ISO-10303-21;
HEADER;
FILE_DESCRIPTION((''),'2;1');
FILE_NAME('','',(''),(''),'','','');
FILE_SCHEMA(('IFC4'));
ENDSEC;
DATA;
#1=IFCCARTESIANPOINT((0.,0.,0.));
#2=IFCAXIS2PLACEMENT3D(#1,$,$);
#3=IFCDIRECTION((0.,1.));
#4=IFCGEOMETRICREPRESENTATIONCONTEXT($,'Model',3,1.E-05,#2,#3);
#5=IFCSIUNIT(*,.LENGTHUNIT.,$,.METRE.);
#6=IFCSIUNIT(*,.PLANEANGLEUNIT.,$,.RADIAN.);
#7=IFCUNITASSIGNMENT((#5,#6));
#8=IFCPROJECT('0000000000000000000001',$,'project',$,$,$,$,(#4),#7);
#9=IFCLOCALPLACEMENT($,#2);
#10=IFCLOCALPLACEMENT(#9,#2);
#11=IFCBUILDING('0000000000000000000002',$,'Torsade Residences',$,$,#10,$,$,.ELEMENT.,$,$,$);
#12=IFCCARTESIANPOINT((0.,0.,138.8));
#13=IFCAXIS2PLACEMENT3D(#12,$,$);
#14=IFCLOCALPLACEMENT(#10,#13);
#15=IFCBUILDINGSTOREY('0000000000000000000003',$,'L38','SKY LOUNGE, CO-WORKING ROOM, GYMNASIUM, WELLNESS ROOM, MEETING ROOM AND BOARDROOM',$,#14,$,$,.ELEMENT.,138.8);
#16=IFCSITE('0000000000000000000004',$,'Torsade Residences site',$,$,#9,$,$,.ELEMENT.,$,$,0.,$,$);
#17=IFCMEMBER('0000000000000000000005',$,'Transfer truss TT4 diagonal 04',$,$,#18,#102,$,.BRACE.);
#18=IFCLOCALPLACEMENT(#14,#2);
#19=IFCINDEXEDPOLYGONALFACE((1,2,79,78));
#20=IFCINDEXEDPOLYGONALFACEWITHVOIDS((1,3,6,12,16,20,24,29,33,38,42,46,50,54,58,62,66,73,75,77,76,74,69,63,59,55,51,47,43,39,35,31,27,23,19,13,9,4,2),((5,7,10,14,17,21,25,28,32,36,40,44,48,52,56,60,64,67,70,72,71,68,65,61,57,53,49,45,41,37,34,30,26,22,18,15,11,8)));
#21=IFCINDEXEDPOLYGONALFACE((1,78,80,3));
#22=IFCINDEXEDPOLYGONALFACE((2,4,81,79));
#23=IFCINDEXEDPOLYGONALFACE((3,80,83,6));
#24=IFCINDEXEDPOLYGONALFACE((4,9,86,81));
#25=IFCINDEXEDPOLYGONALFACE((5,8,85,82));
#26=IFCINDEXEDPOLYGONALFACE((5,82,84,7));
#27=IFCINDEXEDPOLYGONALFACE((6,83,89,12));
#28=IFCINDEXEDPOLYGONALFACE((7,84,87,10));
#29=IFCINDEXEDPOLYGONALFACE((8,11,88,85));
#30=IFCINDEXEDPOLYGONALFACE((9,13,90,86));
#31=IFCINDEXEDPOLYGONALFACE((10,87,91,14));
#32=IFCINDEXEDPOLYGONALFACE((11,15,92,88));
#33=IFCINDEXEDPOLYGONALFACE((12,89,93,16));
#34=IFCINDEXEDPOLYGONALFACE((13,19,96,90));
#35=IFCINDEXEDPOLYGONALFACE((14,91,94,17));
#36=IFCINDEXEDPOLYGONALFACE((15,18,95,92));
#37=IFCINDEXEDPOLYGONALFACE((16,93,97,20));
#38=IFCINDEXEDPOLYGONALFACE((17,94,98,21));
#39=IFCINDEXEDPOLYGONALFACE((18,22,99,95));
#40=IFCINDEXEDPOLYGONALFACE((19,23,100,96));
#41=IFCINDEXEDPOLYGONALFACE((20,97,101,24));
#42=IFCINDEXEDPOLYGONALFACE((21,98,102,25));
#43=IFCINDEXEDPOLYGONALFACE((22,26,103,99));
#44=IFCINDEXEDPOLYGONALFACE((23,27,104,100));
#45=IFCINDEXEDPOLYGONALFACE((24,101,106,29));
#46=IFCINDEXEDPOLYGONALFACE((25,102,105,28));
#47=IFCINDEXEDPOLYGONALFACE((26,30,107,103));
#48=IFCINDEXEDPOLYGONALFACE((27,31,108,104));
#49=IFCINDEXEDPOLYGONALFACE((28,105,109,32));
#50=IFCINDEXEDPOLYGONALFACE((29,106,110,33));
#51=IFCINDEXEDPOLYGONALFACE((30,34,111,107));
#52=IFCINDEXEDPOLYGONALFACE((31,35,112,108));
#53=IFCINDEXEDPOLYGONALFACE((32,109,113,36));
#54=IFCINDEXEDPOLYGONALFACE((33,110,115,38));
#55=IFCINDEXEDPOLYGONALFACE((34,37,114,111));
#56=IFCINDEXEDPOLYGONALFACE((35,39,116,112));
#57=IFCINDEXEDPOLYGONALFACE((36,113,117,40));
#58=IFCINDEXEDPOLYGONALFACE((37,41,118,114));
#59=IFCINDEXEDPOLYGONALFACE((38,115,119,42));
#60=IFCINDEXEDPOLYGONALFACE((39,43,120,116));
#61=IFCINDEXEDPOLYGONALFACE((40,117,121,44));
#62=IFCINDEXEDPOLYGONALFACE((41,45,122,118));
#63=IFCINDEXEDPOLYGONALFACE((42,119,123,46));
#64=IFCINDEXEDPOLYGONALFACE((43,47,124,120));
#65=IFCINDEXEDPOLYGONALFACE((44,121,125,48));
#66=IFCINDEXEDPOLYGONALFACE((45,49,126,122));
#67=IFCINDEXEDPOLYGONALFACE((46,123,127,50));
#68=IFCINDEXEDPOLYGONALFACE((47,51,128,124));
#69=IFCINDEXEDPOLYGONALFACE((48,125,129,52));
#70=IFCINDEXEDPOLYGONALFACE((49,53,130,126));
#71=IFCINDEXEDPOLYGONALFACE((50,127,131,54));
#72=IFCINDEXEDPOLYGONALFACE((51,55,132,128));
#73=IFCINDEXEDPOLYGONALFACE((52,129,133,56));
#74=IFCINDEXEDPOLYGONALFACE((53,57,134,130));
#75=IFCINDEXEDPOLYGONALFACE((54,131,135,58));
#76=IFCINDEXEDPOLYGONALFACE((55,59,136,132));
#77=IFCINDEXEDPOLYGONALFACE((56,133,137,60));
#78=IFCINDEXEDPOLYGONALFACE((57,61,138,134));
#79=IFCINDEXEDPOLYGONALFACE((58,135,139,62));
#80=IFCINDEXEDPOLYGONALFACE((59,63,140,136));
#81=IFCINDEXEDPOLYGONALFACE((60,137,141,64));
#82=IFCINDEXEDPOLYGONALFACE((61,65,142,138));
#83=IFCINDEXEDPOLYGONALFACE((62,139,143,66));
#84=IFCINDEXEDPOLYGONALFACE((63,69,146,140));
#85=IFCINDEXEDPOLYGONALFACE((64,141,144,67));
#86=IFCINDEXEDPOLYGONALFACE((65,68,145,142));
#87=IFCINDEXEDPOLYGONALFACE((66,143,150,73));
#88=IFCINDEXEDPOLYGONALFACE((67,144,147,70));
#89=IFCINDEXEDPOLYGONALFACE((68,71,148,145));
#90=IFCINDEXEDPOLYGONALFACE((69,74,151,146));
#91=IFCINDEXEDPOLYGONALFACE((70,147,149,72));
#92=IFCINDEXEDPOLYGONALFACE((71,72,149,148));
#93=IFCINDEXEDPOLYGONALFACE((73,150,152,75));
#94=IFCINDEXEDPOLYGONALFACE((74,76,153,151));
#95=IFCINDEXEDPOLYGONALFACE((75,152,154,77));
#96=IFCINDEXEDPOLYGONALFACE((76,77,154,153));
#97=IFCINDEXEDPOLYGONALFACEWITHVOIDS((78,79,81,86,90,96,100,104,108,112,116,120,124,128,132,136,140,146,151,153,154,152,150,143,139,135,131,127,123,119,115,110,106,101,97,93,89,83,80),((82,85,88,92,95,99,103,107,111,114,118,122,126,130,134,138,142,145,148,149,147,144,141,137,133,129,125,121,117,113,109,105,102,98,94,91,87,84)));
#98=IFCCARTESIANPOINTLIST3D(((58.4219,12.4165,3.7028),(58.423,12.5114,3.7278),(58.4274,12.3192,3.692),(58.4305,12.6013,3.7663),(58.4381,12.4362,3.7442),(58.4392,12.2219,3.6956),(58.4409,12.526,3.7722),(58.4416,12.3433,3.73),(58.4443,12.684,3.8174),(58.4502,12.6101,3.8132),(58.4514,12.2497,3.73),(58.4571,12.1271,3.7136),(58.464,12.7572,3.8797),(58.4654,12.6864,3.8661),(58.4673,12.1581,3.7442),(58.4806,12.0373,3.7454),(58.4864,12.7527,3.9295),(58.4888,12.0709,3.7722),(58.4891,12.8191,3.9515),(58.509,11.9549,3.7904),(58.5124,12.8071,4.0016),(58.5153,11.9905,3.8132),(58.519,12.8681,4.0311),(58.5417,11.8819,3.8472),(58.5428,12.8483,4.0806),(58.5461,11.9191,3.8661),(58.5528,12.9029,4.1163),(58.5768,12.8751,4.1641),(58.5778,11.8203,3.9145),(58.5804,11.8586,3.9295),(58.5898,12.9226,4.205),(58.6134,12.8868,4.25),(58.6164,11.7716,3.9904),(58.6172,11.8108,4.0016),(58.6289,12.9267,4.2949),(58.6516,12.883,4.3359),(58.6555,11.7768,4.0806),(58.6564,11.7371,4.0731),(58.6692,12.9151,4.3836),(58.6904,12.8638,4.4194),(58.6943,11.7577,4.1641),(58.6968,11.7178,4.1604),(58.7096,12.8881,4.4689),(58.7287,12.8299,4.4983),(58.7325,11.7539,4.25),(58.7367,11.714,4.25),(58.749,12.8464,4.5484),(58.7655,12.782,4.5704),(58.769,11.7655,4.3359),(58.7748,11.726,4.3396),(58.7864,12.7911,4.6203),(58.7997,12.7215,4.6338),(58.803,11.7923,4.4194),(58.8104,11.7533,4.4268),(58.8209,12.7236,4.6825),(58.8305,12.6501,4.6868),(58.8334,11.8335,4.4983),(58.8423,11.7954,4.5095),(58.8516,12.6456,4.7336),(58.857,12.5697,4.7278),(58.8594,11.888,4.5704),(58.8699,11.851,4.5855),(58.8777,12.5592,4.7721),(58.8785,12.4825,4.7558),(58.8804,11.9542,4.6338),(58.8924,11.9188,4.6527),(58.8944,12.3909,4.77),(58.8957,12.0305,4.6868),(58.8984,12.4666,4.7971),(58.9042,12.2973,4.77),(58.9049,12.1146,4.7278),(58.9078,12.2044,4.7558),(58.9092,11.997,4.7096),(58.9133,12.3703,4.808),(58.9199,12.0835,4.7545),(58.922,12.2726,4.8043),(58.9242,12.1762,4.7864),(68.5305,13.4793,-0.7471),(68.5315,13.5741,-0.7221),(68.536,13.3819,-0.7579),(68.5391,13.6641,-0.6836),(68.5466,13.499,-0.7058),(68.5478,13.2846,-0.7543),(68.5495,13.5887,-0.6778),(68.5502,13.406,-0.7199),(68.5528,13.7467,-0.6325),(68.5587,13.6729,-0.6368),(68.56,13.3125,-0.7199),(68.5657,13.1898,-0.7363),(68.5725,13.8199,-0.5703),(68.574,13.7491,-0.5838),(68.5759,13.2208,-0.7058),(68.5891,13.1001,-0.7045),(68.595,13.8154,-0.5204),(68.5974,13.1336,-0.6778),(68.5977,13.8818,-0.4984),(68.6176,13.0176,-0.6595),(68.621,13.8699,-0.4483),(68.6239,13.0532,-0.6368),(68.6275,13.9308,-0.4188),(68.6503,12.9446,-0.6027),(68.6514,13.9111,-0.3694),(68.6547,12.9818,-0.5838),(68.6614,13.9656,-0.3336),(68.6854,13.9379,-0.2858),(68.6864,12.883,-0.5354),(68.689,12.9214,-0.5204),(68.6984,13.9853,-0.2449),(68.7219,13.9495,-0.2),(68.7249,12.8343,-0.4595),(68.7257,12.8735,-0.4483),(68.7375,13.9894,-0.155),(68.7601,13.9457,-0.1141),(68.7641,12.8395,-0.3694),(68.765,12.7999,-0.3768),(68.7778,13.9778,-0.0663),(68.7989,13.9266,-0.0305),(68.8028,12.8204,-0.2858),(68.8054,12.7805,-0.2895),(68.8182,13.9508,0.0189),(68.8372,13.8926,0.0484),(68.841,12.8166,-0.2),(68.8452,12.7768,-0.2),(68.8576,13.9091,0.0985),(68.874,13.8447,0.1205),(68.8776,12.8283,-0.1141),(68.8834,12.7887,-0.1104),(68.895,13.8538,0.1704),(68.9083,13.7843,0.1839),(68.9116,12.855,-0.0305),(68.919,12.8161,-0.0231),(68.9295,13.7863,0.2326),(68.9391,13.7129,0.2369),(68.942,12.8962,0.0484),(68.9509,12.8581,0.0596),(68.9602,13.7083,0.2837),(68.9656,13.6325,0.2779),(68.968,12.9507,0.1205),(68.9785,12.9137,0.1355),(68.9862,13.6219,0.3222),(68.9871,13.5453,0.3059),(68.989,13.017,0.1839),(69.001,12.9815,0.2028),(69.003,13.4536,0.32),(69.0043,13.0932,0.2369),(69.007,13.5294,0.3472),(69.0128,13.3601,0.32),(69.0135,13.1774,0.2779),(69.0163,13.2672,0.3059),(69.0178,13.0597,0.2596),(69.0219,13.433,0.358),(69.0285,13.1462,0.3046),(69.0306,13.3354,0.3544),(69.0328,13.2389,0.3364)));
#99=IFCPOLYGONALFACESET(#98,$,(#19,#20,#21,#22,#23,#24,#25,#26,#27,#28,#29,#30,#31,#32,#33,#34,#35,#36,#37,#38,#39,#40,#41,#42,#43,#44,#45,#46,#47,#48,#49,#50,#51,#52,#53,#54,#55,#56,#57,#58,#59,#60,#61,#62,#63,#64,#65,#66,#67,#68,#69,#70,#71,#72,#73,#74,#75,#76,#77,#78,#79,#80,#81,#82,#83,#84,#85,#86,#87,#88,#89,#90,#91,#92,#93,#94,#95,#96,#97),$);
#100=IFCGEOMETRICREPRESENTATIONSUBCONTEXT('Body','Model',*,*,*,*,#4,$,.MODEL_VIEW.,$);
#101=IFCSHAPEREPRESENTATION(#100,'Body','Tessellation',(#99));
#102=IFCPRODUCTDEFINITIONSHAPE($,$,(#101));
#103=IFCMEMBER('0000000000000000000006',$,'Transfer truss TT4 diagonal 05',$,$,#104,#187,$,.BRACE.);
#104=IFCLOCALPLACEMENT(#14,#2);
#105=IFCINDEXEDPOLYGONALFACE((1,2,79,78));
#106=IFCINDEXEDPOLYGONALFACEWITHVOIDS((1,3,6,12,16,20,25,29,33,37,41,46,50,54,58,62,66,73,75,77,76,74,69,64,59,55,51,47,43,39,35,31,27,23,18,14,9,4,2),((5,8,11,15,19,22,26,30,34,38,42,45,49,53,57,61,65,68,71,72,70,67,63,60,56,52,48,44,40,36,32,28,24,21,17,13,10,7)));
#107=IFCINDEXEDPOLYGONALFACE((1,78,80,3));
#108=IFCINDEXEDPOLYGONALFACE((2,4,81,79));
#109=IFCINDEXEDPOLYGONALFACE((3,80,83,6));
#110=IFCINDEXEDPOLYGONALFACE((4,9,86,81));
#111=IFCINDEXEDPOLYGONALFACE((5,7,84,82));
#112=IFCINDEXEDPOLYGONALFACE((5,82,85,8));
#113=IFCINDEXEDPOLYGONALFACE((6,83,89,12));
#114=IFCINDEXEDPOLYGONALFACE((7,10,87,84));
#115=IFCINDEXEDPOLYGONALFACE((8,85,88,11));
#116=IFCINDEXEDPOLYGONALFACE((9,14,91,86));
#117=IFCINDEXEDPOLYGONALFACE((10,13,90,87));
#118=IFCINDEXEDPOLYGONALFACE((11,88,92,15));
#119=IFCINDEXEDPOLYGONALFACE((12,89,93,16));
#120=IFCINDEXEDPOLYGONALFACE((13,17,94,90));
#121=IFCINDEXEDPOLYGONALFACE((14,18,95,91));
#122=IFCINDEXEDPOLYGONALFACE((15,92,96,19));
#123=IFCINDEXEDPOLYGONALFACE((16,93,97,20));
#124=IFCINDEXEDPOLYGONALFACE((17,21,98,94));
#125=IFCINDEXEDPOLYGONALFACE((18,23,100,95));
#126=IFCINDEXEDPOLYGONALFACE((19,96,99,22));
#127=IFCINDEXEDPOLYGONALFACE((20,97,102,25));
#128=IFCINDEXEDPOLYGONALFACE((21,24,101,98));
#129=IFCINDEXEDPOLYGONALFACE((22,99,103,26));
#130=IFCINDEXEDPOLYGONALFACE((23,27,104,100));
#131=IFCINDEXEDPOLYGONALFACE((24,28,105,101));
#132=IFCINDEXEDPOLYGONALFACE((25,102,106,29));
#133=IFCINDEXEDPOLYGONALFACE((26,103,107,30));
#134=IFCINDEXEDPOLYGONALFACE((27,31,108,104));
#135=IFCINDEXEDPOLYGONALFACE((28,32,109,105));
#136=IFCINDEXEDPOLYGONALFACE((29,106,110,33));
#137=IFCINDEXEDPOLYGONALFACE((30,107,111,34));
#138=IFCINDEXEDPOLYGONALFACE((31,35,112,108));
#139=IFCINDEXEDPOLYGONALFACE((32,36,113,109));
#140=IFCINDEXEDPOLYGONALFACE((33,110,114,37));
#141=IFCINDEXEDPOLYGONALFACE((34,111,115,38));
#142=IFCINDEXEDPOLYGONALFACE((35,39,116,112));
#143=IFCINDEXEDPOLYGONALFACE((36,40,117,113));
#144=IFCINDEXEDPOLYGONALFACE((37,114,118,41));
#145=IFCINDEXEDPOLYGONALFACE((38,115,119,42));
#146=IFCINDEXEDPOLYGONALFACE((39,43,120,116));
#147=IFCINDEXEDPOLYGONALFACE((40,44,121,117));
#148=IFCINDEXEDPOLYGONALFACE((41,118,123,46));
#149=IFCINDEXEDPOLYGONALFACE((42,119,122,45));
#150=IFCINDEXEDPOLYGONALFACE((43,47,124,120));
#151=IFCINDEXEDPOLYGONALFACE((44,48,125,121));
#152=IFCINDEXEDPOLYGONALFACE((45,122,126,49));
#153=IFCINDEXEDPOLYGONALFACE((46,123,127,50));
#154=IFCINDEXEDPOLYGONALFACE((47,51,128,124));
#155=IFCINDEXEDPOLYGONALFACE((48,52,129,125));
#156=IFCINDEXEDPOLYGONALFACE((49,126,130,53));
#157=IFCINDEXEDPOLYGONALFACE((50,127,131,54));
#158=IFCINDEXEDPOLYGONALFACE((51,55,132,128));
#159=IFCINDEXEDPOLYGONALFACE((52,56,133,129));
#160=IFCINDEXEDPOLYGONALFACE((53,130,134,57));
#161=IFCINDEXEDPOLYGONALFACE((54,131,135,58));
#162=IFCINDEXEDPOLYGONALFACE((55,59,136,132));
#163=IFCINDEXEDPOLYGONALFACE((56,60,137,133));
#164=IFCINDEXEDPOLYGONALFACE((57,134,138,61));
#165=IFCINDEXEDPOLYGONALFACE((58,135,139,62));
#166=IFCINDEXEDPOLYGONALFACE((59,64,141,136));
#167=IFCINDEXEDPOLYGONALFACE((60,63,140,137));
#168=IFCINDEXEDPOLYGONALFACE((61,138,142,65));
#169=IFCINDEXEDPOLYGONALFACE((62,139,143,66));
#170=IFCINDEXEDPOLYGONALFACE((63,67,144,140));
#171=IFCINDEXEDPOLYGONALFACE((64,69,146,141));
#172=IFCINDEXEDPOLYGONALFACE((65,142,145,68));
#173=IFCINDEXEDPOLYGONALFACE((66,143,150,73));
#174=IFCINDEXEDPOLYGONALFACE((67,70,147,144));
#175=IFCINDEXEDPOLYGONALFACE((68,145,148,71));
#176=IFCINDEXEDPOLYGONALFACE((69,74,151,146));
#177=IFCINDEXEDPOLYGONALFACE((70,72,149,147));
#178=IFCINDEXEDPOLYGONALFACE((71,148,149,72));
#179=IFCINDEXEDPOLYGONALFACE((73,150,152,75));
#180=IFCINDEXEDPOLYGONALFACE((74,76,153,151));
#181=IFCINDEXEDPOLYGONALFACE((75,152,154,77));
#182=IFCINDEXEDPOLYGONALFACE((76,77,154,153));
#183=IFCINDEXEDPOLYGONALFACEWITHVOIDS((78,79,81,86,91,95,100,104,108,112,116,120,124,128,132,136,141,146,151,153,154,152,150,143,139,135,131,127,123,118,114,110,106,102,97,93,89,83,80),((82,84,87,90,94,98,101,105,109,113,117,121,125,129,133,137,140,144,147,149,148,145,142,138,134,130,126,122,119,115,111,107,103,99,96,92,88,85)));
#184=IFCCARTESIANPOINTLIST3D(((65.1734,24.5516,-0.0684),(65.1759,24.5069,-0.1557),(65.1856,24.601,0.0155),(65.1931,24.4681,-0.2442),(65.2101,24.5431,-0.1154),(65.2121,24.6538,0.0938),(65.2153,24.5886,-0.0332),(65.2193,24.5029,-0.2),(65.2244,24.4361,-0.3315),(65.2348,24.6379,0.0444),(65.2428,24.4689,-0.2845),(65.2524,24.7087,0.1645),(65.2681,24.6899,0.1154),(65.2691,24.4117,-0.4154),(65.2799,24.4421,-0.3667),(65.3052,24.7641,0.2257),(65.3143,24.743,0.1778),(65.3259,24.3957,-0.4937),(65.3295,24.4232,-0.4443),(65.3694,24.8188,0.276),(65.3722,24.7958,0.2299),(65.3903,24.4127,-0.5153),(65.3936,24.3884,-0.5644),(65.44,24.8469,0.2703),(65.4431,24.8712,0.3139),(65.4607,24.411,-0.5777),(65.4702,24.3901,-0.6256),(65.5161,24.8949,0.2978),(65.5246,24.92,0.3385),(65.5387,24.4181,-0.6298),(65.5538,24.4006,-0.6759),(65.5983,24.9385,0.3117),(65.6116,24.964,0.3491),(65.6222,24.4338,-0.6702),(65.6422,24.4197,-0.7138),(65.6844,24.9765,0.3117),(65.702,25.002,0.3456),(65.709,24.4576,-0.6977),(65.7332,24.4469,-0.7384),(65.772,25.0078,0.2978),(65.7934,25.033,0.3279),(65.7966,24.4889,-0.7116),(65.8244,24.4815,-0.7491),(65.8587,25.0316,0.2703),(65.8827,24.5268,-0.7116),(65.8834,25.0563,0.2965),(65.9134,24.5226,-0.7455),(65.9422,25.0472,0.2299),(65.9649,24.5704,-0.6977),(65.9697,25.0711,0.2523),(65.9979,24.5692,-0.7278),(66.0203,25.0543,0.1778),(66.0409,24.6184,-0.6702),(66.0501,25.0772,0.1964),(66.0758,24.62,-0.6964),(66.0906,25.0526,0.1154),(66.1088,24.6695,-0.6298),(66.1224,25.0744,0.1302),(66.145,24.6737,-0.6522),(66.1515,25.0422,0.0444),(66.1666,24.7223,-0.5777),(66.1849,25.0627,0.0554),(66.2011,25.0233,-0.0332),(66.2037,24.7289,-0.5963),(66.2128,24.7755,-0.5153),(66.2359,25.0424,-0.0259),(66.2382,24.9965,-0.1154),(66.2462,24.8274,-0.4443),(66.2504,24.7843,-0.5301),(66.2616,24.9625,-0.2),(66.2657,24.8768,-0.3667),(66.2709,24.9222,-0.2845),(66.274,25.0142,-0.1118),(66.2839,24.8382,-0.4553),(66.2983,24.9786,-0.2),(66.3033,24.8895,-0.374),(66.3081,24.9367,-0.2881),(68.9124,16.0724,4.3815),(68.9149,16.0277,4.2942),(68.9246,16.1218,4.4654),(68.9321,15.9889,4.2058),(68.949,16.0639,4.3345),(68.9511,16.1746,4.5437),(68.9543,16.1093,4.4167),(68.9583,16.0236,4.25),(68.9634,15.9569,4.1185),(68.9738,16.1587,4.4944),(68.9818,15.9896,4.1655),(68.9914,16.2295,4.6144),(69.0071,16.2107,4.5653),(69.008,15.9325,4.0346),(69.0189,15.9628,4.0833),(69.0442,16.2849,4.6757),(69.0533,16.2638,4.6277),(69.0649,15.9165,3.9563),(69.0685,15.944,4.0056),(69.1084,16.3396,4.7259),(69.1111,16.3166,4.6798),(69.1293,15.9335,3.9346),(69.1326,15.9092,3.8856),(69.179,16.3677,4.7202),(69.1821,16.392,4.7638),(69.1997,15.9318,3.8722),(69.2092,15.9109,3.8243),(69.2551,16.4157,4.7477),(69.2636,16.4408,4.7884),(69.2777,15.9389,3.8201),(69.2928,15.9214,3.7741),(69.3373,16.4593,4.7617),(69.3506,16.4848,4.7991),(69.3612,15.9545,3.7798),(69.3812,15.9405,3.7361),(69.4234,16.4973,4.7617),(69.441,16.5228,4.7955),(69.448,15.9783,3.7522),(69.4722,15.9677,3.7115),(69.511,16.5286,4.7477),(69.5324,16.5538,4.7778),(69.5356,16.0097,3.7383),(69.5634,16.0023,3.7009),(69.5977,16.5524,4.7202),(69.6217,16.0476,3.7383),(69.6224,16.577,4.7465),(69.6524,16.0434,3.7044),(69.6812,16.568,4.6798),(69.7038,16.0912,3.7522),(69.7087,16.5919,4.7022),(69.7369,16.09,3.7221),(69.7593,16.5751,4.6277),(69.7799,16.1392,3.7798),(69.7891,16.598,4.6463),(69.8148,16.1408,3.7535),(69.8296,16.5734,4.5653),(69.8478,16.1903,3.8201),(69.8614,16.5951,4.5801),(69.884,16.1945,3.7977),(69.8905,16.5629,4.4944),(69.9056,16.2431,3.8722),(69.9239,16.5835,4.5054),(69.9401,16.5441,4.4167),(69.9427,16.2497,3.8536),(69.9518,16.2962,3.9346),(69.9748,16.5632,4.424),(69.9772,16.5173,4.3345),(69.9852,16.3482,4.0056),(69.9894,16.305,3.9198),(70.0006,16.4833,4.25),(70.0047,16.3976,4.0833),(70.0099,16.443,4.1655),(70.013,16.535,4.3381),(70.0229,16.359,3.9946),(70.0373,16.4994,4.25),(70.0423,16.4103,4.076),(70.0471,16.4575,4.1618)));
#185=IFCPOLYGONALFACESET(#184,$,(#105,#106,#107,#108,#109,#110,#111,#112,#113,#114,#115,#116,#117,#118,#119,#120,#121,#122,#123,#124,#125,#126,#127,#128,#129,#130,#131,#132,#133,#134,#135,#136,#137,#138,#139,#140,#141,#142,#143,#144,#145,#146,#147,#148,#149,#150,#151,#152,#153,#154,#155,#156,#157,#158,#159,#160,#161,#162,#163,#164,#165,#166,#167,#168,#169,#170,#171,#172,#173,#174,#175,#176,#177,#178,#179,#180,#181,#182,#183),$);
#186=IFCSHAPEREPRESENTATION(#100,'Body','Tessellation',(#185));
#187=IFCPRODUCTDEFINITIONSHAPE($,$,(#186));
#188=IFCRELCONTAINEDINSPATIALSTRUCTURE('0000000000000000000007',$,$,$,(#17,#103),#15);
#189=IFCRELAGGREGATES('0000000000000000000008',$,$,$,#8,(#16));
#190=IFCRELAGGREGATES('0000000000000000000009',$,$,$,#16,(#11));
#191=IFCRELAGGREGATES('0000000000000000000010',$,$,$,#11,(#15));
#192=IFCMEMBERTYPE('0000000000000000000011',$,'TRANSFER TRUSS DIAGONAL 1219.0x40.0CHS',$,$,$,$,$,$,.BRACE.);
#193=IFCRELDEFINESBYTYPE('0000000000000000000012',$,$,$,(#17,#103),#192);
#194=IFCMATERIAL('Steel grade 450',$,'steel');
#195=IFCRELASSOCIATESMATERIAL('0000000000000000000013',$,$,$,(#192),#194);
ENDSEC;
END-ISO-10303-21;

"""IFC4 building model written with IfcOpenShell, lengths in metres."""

from ifc_helpers import new_model, si_unit, direction, frame, origin, origin_2d, place, context, subcontext, project, spatial, hollow_circle, extrude, material, material_profile, profile_set, type_object, element, save


model = new_model("IFC4")

# Units and contexts
model_context = context("Model", 3, precision=1e-05, world=origin(), true_north=direction((0.0, 1.0)))
body_context = subcontext(model_context, "Body", "Model", "MODEL_VIEW")
ifc_project = project(units=[si_unit("LENGTHUNIT", "METRE"), si_unit("PLANEANGLEUNIT", "RADIAN")], contexts=[model_context])

# Site, building, storey
site_placement = place(None, origin())
site = spatial("IfcSite", under=ifc_project, at=site_placement, Name="Torsade Residences site", CompositionType="ELEMENT", RefElevation=0.0)
building_placement = place(site_placement, origin())
building = spatial("IfcBuilding", under=site, at=building_placement, Name="Torsade Residences", CompositionType="ELEMENT")
storey_placement = place(building_placement, frame((0.0, 0.0, 138.8)))
storey = spatial("IfcBuildingStorey", under=building, at=storey_placement, Name="L38", Description="SKY LOUNGE, CO-WORKING ROOM, GYMNASIUM, WELLNESS ROOM, MEETING ROOM AND BOARDROOM", CompositionType="ELEMENT", Elevation=138.8)

# Members
ifc_material_1 = material(Name="Steel grade 450", Category="steel")
ifc_material_profile_1 = material_profile(ifc_material_1, hollow_circle(Radius=0.6096, WallThickness=0.04, at=origin_2d()), Name="1219.0x40.0CHS")
ifc_profile_set_1 = profile_set([ifc_material_profile_1], Name="Steel grade 450")
member_type_1 = type_object("IfcMemberType", Name="TRANSFER TRUSS DIAGONAL 1219.0x40.0CHS", PredefinedType="BRACE", material=ifc_profile_set_1)
member_1_placement = place(storey_placement, frame((68.7815, 13.3831, -0.2), z_axis=(-0.911036, -0.095779, 0.401049), x_axis=(0.104556, -0.994519, 0.0)))
element("IfcMember", 1, at=member_1_placement, inside=storey, type_object=member_type_1, Name="Transfer truss TT4 diagonal 04", PredefinedType="BRACE", context=body_context, shape_type="SweptSolid", body=[
    extrude(hollow_circle(Radius=0.6096, WallThickness=0.04, at=origin_2d()), origin(), (0.0, 0.0, 1.0), 11.0957),
])
member_2_placement = place(storey_placement, frame((65.7405, 24.7327, -0.2), z_axis=(0.363715, -0.824824, 0.432871), x_axis=(0.914991, 0.403475, 0.0)))
element("IfcMember", 2, at=member_2_placement, inside=storey, type_object=member_type_1, Name="Transfer truss TT4 diagonal 05", PredefinedType="BRACE", context=body_context, shape_type="SweptSolid", body=[
    extrude(hollow_circle(Radius=0.6096, WallThickness=0.04, at=origin_2d()), origin(), (0.0, 0.0, 1.0), 10.28),
])

save(model, "model.ifc")
